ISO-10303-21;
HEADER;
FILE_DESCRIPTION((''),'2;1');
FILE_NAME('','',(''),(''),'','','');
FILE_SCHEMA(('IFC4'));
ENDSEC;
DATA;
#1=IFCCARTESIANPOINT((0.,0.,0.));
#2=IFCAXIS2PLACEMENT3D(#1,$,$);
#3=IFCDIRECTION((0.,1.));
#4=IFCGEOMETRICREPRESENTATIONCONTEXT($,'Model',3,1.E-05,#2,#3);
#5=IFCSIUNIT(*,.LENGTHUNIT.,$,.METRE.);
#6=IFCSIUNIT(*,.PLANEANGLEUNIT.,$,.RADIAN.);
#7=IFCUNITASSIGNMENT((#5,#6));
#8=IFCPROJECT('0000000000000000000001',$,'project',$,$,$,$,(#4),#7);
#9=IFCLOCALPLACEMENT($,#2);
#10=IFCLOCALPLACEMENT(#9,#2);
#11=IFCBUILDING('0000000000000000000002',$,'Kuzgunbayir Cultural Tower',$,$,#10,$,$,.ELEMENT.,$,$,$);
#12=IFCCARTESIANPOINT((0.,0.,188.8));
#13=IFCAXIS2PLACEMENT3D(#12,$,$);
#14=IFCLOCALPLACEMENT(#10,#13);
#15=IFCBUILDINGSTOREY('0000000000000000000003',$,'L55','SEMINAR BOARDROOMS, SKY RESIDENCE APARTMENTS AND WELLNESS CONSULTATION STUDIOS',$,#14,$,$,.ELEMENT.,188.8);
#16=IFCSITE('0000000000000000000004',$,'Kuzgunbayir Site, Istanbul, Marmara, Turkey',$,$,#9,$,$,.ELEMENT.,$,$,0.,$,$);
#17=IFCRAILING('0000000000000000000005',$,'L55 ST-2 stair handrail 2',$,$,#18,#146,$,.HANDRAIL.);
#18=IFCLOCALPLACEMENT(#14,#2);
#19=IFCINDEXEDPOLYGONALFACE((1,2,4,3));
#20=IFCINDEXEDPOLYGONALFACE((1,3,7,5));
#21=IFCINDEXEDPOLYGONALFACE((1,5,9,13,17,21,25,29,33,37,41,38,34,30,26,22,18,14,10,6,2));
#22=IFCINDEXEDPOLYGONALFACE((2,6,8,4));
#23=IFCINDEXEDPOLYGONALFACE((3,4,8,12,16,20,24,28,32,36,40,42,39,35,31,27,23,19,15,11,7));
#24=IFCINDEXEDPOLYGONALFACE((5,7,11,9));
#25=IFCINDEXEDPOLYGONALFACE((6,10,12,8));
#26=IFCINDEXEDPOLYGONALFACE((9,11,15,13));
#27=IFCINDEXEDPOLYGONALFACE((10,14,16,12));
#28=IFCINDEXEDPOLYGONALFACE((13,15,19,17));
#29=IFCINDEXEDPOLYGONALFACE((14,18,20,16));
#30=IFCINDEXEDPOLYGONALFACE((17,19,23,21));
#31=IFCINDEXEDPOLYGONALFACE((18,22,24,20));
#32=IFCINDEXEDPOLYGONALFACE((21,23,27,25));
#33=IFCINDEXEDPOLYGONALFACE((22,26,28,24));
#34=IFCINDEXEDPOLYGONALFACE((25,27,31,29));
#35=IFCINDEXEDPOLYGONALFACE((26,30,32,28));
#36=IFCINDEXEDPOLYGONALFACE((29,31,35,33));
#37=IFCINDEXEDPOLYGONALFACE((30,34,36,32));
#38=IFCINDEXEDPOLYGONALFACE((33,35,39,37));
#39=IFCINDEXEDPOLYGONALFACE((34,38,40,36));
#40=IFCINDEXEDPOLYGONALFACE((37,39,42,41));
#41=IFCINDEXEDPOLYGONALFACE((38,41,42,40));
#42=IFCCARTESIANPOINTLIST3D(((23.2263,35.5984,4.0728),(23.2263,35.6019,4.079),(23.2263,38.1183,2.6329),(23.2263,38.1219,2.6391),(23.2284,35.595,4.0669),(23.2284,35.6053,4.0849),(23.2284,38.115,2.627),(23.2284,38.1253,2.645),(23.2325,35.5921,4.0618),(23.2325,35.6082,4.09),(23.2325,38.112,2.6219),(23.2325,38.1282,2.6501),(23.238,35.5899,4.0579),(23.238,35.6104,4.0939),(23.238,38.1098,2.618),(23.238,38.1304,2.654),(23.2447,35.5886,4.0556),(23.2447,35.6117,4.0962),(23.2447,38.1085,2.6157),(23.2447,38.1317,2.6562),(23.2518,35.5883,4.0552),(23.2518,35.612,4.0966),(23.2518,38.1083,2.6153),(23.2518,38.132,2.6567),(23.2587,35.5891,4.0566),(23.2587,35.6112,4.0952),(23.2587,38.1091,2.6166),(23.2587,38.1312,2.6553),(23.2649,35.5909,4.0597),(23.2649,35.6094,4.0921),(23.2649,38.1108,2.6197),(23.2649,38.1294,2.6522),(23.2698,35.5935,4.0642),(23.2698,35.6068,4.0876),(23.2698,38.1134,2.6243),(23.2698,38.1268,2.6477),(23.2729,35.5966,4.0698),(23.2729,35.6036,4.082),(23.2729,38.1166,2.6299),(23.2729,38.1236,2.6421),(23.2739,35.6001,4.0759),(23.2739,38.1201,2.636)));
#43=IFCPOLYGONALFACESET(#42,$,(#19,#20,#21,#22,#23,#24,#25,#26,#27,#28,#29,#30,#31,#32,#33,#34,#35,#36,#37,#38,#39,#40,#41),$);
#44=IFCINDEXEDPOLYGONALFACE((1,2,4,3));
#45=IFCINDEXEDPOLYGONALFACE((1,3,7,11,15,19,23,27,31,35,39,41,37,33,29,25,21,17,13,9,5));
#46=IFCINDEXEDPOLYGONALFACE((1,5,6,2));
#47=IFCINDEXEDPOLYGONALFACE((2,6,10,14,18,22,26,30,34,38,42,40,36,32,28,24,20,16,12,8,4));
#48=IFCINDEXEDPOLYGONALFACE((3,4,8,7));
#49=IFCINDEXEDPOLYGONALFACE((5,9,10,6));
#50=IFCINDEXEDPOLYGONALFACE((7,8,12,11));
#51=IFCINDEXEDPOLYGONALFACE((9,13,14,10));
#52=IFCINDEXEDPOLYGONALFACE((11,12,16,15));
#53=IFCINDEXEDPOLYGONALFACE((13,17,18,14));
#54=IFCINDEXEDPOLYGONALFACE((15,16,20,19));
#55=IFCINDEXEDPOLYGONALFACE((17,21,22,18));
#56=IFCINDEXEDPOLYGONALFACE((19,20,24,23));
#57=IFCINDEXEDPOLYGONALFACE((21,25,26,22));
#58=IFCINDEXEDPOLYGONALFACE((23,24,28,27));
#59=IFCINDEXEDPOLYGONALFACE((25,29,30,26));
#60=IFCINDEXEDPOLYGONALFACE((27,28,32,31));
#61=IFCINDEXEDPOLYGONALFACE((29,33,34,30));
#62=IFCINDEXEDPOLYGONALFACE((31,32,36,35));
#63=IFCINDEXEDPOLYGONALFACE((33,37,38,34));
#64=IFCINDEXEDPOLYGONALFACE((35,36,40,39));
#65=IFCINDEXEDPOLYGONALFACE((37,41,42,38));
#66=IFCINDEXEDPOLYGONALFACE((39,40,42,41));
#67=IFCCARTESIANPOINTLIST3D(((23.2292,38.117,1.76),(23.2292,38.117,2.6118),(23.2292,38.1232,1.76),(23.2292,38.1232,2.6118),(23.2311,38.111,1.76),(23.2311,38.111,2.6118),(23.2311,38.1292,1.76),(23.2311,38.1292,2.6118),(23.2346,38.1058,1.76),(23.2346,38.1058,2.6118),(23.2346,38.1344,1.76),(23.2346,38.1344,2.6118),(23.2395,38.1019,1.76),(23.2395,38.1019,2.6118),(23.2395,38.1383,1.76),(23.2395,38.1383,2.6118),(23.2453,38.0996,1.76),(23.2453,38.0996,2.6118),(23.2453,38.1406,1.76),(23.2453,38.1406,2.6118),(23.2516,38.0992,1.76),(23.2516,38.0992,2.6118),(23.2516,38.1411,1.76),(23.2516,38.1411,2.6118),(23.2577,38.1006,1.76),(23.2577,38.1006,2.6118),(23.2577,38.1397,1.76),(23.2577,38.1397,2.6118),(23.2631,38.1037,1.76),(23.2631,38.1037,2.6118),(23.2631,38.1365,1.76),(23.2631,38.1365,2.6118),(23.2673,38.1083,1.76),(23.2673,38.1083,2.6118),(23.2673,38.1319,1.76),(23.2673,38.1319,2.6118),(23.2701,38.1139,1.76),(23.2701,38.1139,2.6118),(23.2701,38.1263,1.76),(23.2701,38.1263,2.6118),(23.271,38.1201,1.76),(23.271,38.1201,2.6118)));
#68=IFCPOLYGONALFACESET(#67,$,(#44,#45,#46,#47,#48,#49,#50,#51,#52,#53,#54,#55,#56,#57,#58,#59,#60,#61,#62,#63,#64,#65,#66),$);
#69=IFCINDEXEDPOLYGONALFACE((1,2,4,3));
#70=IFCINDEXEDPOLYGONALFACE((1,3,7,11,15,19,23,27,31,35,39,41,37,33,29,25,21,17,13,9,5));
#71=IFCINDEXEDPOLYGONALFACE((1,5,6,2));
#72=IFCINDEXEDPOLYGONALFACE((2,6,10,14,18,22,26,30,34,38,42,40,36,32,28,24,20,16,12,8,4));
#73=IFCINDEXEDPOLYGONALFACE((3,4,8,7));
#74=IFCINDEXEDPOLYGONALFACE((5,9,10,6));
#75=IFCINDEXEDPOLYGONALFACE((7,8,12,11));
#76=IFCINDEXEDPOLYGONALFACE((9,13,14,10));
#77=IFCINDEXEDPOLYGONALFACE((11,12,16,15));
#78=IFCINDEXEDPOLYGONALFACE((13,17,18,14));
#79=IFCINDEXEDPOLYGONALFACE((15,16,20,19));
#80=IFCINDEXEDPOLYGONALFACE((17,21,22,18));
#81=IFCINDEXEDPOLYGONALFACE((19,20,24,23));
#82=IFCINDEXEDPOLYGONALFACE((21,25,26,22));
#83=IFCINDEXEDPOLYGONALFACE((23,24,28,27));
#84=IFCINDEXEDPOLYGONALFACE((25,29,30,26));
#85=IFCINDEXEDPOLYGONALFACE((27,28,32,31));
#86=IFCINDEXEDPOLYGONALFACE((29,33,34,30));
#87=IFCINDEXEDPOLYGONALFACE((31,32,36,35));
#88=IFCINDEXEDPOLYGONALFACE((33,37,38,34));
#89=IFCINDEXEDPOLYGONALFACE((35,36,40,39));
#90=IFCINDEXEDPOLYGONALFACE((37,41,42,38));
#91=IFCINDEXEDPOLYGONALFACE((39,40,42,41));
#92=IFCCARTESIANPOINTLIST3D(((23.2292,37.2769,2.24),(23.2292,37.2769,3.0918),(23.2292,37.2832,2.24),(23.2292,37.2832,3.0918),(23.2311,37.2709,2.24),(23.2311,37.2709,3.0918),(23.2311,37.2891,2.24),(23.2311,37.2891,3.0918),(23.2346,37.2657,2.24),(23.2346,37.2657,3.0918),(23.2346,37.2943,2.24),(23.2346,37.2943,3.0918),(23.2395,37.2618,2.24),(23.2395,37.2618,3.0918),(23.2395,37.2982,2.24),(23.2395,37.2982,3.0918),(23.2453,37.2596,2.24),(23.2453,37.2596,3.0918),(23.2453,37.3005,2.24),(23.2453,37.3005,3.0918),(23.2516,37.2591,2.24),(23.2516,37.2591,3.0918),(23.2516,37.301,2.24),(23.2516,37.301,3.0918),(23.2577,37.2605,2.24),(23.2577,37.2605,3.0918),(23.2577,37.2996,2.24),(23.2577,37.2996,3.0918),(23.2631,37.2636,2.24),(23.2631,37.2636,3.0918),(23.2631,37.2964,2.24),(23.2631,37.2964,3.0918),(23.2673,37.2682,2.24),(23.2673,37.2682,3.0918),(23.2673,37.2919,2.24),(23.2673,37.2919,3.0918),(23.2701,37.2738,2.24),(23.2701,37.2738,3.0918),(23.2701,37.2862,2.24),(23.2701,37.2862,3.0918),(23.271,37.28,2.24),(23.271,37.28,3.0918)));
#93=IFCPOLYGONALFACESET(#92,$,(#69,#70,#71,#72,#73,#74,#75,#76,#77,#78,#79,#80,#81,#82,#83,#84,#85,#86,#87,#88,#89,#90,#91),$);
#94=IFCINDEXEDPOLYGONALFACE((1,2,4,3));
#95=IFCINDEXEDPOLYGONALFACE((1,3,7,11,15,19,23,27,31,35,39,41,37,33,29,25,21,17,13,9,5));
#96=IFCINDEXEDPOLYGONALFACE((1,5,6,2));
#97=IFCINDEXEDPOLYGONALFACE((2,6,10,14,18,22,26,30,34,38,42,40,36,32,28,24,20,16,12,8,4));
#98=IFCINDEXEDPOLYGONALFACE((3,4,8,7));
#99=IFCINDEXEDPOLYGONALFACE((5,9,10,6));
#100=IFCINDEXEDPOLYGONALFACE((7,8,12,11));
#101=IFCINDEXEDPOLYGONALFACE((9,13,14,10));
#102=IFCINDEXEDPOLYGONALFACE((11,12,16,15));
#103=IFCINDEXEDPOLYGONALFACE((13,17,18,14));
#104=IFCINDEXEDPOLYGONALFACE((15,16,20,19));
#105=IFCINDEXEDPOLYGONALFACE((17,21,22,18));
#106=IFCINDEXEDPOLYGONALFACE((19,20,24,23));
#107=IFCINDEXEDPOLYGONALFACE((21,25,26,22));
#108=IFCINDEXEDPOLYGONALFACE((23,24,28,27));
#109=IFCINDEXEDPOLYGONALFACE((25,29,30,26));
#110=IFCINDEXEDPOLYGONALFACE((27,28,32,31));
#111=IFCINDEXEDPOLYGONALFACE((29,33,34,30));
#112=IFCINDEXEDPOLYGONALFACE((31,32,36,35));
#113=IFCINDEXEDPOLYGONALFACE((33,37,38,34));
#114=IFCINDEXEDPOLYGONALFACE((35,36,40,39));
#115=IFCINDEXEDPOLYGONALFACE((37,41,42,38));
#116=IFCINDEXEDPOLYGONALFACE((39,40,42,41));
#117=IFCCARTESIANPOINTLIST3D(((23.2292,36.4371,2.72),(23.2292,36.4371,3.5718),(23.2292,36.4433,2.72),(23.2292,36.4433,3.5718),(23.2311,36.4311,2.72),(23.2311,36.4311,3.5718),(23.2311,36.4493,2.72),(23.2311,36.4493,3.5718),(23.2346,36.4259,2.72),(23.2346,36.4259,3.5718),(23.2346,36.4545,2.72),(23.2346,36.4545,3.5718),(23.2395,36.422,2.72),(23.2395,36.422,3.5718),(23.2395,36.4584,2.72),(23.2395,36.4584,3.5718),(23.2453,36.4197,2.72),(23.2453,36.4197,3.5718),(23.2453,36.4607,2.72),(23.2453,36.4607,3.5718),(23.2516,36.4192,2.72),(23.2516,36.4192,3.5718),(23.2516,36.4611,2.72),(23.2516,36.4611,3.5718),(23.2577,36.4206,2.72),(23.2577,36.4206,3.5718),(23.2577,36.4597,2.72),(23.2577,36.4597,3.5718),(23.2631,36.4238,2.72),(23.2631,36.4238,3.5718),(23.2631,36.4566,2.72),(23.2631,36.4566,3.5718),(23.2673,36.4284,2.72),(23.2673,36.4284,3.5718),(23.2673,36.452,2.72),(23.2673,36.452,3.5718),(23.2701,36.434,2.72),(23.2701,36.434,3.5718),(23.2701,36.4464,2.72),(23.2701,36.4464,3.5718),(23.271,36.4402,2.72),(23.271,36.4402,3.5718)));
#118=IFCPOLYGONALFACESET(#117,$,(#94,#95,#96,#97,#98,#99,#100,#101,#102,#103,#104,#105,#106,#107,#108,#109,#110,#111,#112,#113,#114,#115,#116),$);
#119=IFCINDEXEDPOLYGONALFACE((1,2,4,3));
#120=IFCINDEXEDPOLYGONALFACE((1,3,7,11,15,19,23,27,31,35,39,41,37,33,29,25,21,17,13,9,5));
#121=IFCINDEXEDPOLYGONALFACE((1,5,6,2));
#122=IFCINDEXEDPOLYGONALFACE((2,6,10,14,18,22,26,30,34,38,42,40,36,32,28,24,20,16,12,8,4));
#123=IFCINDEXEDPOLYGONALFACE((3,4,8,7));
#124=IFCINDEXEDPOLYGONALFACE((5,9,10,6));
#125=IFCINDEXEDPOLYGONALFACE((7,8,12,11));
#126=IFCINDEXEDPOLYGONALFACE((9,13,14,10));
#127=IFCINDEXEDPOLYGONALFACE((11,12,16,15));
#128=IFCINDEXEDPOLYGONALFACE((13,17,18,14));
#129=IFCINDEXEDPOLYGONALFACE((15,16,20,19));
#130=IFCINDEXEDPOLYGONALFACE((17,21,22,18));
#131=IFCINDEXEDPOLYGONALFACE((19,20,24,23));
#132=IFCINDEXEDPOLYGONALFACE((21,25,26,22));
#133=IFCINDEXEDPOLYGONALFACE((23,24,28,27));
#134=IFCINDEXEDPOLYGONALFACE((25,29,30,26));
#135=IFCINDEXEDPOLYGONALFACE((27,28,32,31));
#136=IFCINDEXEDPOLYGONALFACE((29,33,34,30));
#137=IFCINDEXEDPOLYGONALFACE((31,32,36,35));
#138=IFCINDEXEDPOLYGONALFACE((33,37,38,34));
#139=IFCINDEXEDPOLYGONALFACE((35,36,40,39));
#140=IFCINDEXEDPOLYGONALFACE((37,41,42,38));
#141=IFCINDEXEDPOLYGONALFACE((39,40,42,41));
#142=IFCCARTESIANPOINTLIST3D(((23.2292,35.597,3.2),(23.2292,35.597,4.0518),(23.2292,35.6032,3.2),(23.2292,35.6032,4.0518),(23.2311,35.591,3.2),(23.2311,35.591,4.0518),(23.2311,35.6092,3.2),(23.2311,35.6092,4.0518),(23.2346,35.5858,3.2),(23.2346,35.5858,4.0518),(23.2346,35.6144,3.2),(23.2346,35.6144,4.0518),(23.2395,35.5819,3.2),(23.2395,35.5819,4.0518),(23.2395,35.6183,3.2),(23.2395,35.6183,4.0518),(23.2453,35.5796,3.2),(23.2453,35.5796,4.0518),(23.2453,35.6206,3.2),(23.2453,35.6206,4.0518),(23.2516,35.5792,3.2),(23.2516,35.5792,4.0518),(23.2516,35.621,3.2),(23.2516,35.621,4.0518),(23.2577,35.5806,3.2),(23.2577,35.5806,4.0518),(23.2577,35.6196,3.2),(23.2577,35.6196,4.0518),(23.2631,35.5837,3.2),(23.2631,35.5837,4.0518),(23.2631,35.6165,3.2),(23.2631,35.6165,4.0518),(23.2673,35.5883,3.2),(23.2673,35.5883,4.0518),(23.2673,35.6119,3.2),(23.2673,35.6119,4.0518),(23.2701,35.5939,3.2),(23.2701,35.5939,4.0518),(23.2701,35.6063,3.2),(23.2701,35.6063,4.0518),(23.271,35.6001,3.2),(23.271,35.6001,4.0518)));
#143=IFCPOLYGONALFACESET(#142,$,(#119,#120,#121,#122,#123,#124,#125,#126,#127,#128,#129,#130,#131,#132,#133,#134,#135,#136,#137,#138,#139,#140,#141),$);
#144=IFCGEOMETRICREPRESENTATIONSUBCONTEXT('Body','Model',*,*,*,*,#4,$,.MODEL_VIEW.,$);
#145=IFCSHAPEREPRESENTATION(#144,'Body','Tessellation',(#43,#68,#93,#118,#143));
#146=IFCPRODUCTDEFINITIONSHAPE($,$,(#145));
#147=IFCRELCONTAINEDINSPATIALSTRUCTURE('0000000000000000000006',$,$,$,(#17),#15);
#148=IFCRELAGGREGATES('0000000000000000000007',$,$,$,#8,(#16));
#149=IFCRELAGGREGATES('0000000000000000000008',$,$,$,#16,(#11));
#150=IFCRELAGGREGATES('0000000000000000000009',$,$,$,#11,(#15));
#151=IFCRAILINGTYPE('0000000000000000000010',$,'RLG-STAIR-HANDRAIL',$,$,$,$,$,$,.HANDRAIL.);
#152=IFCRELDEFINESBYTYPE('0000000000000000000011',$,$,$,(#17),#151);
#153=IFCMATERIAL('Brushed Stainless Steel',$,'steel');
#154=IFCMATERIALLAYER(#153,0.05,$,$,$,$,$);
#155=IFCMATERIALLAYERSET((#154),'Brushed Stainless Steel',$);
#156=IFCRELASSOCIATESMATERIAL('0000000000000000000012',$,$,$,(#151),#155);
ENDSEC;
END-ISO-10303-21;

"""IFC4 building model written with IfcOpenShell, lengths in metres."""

from ifc_helpers import new_model, si_unit, direction, frame, origin, origin_2d, place, context, subcontext, project, spatial, circle, extrude, material, layer, layer_set, type_object, element, save


model = new_model("IFC4")

# Units and contexts
model_context = context("Model", 3, precision=1e-05, world=origin(), true_north=direction((0.0, 1.0)))
body_context = subcontext(model_context, "Body", "Model", "MODEL_VIEW")
ifc_project = project(units=[si_unit("LENGTHUNIT", "METRE"), si_unit("PLANEANGLEUNIT", "RADIAN")], contexts=[model_context])

# Site, building, storey
site_placement = place(None, origin())
site = spatial("IfcSite", under=ifc_project, at=site_placement, Name="Kuzgunbayir Site, Istanbul, Marmara, Turkey", CompositionType="ELEMENT", RefElevation=0.0)
building_placement = place(site_placement, origin())
building = spatial("IfcBuilding", under=site, at=building_placement, Name="Kuzgunbayir Cultural Tower", CompositionType="ELEMENT")
storey_placement = place(building_placement, frame((0.0, 0.0, 188.8)))
storey = spatial("IfcBuildingStorey", under=building, at=storey_placement, Name="L55", Description="SEMINAR BOARDROOMS, SKY RESIDENCE APARTMENTS AND WELLNESS CONSULTATION STUDIOS", CompositionType="ELEMENT", Elevation=188.8)

# Shared definitions
ifc_material_1 = material(Name="Brushed Stainless Steel", Category="steel")

# Railing
ifc_layer_1 = layer(ifc_material_1, 0.05)
ifc_layer_set_1 = layer_set([ifc_layer_1], Name="Brushed Stainless Steel")
railing_type_1 = type_object("IfcRailingType", Name="RLG-STAIR-HANDRAIL", PredefinedType="HANDRAIL", material=ifc_layer_set_1)
railing_1_placement = place(storey_placement, frame((23.25, 38.1201, 1.76)))
element("IfcRailing", 1, at=railing_1_placement, inside=storey, type_object=railing_type_1, Name="L55 ST-2 stair handrail 2", PredefinedType="HANDRAIL", context=body_context, shape_type="SweptSolid", body=[
    extrude(circle(Radius=0.0239, at=origin_2d()), frame((0.0, 0.0, 0.876), z_axis=(0.0, -0.868253, 0.496121), x_axis=(1.0, 0.0, 0.0)), (0.0, 0.0, 1.0), 2.9023),
    extrude(circle(Radius=0.021, at=origin_2d()), origin(), (0.0, 0.0, 1.0), 0.8518),
    extrude(circle(Radius=0.021, at=origin_2d()), frame((0.0, -0.8401, 0.48)), (0.0, 0.0, 1.0), 0.8518),
    extrude(circle(Radius=0.021, at=origin_2d()), frame((0.0, -1.6799, 0.96)), (0.0, 0.0, 1.0), 0.8518),
    extrude(circle(Radius=0.021, at=origin_2d()), frame((0.0, -2.52, 1.4399)), (0.0, 0.0, 1.0), 0.8518),
])

save(model, "model.ifc")
